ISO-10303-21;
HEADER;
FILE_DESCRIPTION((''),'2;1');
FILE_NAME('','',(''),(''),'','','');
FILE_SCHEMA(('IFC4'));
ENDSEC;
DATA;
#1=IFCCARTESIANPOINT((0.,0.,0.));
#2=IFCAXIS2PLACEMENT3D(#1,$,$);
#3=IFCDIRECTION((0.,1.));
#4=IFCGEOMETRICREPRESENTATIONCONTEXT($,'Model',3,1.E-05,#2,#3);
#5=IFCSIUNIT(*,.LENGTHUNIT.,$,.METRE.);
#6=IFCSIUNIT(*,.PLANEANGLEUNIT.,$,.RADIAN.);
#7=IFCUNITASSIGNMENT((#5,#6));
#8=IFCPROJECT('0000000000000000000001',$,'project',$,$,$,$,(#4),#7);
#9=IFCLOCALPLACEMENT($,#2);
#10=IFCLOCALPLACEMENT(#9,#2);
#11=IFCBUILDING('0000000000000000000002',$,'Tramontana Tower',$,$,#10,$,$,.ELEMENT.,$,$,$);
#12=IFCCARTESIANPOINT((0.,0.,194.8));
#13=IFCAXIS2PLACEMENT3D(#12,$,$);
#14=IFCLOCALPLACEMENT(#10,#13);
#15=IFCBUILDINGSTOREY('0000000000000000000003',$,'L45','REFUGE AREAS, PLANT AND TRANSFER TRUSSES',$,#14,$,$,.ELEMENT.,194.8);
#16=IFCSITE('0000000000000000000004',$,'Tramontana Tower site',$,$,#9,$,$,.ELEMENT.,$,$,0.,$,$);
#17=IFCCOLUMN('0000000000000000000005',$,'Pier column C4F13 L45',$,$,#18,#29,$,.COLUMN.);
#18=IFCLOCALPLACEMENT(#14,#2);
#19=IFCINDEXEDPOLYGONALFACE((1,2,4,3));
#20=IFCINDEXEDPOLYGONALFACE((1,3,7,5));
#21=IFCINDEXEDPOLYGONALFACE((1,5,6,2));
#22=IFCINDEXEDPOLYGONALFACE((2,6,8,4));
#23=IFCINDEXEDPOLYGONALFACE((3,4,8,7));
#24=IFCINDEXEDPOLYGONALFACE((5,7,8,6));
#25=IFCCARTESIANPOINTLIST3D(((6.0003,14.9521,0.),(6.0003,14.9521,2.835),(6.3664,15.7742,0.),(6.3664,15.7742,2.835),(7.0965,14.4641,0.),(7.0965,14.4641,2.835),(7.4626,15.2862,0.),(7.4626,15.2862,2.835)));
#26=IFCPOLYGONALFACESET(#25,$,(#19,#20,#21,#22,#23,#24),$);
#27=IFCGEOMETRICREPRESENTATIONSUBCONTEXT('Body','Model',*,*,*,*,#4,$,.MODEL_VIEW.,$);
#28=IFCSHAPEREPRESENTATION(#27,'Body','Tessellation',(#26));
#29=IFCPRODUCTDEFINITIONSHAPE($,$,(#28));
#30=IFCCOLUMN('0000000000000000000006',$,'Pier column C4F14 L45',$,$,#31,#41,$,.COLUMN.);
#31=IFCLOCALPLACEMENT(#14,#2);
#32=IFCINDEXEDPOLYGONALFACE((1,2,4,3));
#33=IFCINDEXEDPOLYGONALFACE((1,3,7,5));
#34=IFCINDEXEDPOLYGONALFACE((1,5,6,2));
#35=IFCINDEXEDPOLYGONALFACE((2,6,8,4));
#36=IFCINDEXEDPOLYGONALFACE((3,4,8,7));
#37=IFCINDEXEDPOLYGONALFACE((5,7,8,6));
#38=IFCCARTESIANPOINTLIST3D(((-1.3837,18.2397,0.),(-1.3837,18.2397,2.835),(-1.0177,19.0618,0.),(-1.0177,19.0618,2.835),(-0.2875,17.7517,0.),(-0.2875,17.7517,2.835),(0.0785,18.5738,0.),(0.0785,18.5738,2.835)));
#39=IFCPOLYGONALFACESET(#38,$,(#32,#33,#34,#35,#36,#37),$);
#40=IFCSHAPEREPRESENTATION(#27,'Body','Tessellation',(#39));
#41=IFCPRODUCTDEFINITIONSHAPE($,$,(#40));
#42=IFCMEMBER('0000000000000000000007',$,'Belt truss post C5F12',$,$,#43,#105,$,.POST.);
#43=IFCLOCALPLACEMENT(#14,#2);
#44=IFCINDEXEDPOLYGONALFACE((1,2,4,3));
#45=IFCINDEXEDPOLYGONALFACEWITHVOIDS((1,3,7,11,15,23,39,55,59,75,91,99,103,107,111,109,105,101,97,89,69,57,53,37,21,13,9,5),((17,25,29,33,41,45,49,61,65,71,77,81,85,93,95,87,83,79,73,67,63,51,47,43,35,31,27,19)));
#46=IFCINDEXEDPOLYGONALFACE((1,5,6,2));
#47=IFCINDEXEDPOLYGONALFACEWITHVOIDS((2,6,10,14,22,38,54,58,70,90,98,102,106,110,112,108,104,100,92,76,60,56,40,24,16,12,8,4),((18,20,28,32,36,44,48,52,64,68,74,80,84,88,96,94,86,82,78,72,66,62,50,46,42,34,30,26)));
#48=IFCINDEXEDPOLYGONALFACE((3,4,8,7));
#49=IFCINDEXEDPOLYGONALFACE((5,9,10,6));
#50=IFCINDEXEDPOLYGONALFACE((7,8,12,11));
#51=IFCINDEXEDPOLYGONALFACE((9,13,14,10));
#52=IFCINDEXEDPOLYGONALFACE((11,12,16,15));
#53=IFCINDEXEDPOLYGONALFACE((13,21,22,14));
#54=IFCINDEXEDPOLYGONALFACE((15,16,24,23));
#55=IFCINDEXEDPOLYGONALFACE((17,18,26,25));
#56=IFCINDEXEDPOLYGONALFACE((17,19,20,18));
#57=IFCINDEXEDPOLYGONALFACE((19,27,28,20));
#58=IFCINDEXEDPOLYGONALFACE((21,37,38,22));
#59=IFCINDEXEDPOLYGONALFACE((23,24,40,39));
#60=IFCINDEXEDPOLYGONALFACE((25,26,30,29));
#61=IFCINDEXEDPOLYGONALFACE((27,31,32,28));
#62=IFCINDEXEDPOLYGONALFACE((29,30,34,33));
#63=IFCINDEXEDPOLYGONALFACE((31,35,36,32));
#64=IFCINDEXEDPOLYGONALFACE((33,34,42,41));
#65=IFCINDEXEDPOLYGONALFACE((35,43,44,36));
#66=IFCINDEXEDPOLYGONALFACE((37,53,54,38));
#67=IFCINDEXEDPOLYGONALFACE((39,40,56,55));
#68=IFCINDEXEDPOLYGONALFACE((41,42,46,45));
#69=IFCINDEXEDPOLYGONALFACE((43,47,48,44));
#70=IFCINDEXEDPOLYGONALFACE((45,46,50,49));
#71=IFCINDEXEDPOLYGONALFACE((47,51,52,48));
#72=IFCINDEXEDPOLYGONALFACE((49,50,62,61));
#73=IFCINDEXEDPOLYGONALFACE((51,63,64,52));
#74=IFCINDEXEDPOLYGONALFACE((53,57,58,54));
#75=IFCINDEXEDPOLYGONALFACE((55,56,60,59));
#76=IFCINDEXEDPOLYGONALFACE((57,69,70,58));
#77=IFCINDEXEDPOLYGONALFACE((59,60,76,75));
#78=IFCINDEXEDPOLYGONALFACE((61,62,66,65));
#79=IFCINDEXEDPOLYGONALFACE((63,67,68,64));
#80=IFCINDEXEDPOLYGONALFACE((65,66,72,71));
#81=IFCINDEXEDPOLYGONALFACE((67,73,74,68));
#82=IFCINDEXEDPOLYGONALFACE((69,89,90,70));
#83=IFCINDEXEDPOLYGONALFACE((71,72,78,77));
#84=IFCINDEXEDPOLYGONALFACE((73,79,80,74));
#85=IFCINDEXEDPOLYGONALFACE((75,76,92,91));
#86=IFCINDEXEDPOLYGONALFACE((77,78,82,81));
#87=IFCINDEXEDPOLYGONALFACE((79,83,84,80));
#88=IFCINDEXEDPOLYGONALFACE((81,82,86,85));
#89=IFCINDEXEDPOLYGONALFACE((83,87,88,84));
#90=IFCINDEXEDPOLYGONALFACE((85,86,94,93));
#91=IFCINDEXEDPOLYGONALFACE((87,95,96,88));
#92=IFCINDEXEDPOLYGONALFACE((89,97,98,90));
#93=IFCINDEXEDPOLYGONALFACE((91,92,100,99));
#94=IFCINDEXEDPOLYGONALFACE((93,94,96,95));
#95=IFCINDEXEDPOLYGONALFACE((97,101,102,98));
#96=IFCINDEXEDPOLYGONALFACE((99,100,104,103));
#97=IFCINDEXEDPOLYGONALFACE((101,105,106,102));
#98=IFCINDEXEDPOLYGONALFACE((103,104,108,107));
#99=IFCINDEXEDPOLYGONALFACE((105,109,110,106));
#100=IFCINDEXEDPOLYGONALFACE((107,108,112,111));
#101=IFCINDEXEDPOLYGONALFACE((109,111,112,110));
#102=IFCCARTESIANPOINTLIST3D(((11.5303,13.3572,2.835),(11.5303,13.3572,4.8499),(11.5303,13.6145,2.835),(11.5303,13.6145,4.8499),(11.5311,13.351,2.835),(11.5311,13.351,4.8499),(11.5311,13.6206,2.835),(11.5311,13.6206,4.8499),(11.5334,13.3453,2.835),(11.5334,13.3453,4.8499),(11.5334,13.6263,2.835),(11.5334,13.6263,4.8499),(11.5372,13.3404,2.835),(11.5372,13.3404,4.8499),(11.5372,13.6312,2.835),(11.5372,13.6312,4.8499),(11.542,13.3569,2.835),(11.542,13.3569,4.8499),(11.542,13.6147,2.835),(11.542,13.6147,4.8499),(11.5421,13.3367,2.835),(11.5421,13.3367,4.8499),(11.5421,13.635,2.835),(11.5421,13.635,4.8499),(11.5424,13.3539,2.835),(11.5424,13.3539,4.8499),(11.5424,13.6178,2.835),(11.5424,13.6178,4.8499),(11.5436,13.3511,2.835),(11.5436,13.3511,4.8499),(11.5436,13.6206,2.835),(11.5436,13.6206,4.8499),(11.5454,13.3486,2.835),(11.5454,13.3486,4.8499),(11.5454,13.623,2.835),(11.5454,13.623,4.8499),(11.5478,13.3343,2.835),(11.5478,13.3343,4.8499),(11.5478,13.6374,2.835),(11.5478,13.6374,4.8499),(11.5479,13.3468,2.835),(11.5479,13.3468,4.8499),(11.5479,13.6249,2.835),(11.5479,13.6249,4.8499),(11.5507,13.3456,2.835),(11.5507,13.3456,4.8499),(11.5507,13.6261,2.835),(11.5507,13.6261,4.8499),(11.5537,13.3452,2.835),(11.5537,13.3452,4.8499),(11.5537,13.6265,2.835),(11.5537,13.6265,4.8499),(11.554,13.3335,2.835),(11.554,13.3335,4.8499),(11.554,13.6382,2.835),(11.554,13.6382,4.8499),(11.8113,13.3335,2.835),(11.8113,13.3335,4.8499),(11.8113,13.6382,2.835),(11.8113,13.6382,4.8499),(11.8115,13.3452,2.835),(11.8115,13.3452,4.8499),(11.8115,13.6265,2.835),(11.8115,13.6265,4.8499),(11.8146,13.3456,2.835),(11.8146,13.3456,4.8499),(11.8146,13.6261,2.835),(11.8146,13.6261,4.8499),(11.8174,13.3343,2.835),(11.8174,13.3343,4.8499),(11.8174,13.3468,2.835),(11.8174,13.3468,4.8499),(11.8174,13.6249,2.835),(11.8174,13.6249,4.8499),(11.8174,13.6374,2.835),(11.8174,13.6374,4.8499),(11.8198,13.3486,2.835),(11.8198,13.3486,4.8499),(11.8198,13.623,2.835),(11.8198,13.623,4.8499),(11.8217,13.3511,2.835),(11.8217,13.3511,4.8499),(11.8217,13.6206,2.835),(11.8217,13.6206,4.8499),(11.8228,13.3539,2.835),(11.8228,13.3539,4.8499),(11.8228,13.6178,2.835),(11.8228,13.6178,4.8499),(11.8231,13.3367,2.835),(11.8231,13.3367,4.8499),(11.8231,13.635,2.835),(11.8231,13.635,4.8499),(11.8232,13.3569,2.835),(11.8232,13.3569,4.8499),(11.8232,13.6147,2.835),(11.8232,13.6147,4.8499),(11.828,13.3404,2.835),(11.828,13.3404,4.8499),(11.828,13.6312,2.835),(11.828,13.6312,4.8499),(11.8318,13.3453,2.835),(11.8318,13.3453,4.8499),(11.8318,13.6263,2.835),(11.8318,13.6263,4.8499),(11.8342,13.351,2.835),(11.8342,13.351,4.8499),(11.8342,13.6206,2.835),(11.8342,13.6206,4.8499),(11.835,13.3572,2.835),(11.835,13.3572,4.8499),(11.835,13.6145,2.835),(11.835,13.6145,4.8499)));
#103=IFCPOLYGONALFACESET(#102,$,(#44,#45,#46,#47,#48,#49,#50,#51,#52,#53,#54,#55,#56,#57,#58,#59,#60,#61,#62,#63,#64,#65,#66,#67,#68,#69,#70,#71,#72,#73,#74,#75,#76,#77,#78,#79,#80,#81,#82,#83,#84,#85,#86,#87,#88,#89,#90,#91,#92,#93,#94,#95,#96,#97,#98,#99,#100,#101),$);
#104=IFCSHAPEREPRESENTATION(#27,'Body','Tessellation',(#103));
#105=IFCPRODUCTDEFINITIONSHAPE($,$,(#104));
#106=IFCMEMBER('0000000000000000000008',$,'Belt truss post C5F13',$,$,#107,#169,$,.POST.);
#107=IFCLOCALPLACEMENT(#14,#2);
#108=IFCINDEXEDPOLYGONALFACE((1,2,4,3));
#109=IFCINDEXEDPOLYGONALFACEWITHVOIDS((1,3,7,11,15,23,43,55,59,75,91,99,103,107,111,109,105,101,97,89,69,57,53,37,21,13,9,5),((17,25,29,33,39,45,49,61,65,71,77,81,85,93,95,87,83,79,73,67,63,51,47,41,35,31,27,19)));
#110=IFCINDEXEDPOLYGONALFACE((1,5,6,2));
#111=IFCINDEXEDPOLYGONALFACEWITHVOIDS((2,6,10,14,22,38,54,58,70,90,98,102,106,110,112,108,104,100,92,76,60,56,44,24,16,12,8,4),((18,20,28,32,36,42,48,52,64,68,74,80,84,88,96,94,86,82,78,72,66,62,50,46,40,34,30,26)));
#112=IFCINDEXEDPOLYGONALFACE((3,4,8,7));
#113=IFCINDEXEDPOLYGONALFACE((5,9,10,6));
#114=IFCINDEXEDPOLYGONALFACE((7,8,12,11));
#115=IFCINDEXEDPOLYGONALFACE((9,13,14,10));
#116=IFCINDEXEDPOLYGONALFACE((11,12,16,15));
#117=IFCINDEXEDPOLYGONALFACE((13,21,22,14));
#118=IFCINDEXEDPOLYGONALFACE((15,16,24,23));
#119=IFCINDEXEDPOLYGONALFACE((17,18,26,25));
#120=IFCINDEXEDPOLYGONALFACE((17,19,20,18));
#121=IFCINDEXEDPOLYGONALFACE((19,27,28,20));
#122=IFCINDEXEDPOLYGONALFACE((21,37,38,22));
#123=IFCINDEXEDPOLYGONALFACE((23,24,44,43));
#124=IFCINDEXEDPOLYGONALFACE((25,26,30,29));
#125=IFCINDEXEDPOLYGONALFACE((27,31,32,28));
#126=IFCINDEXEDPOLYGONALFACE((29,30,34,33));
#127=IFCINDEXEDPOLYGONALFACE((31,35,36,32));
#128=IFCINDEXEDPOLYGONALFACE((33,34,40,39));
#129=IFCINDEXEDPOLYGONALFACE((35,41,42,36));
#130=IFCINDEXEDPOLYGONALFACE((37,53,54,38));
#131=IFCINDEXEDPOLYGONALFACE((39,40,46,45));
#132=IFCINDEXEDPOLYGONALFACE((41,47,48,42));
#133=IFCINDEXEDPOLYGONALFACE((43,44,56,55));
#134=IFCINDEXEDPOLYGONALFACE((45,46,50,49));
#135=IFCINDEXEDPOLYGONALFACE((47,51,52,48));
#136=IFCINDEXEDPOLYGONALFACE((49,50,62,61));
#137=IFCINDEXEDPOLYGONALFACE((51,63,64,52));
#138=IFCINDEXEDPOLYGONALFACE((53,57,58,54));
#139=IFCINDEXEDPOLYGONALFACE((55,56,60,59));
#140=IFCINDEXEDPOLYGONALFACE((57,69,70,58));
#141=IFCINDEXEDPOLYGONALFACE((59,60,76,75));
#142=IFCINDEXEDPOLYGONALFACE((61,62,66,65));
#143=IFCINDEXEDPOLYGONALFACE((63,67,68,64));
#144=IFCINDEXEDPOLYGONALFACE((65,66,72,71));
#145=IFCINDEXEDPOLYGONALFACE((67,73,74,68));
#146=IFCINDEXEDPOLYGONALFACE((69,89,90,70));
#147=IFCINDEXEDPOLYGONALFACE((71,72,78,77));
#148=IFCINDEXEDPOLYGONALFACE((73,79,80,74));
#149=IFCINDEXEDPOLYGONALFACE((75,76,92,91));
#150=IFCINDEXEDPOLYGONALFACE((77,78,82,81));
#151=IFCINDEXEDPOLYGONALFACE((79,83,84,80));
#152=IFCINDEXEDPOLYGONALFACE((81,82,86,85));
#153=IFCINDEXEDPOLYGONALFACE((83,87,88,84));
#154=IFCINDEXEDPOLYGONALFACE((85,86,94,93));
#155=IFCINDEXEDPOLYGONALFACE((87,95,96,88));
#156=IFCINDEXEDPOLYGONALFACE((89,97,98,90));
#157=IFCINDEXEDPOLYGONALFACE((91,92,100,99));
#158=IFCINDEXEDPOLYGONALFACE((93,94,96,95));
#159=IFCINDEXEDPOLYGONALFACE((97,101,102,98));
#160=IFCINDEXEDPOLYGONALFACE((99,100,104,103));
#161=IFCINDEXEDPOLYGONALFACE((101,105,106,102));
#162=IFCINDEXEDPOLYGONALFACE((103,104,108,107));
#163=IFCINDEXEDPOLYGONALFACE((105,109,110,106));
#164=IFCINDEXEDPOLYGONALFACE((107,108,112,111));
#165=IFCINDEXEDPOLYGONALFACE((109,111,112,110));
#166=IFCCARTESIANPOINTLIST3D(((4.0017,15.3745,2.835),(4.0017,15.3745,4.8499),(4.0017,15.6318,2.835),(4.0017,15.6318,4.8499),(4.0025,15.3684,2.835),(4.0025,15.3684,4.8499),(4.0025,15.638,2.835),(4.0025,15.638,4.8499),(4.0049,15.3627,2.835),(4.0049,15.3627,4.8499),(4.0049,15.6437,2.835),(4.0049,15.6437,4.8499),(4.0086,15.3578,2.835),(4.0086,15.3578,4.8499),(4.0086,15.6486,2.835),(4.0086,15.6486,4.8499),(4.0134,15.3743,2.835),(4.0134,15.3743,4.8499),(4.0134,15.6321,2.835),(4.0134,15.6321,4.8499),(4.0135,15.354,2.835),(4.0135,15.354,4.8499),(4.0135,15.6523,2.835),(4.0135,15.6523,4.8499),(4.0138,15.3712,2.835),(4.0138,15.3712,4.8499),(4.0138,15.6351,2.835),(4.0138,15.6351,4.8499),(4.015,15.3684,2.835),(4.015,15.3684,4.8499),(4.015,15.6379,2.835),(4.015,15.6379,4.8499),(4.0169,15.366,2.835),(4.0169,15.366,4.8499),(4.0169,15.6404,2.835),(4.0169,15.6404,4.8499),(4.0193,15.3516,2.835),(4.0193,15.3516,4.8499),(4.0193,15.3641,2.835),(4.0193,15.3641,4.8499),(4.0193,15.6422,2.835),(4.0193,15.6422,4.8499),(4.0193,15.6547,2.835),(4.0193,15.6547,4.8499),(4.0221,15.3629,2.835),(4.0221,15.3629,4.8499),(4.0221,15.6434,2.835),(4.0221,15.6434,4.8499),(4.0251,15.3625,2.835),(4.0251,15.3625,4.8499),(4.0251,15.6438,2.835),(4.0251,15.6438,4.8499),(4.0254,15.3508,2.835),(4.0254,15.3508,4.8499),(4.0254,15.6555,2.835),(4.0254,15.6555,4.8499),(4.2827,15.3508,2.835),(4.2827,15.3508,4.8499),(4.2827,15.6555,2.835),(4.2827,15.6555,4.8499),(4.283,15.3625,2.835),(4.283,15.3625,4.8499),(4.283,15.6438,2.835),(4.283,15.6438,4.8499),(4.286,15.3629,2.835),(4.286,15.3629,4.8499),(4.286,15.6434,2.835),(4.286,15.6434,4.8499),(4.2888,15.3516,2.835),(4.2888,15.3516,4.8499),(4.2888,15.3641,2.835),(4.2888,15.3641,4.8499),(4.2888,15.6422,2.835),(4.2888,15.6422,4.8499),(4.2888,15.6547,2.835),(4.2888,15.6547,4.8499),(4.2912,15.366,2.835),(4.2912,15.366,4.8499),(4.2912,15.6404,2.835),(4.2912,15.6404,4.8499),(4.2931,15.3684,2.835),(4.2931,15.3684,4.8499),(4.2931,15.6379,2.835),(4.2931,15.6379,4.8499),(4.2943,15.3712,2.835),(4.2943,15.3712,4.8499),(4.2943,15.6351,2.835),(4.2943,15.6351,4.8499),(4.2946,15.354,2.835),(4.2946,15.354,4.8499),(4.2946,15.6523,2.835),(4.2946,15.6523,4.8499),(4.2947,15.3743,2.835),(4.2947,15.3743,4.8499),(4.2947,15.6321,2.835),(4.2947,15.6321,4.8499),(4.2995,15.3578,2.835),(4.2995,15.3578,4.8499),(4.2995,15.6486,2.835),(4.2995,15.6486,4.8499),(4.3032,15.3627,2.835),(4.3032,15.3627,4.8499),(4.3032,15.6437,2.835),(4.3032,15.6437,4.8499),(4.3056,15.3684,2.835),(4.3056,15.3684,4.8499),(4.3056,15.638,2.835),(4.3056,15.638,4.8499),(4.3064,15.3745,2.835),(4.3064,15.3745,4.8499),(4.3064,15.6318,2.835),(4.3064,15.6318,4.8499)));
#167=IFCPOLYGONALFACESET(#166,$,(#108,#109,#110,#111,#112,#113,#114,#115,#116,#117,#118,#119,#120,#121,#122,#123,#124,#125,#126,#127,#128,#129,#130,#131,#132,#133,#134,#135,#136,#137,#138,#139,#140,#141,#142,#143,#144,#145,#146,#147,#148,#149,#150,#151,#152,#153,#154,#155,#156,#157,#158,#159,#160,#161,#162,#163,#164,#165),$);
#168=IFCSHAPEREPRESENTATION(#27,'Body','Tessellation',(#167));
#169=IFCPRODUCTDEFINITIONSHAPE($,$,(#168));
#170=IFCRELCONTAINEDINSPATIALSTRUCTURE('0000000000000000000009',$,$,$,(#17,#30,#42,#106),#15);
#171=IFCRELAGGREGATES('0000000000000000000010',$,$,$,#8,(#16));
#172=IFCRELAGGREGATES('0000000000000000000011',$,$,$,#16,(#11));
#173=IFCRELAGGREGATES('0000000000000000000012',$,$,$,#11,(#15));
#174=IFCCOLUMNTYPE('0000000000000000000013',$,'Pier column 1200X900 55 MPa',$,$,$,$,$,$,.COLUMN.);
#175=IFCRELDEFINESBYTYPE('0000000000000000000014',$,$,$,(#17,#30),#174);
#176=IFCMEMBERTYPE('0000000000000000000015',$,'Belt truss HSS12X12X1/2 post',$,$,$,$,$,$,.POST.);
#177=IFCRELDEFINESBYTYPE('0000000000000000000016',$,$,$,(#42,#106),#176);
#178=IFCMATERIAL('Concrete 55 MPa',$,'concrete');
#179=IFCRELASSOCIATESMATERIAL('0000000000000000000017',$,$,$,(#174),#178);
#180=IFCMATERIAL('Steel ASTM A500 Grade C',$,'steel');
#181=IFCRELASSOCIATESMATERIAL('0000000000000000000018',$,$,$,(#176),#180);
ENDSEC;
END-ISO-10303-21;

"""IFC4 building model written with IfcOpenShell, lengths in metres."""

from ifc_helpers import new_model, si_unit, direction, frame, origin, origin_2d, place, context, subcontext, project, spatial, rectangle, hollow_rectangle, extrude, material, material_profile, profile_set, type_object, element, save


model = new_model("IFC4")

# Units and contexts
model_context = context("Model", 3, precision=1e-05, world=origin(), true_north=direction((0.0, 1.0)))
body_context = subcontext(model_context, "Body", "Model", "MODEL_VIEW")
ifc_project = project(units=[si_unit("LENGTHUNIT", "METRE"), si_unit("PLANEANGLEUNIT", "RADIAN")], contexts=[model_context])

# Site, building, storey
site_placement = place(None, origin())
site = spatial("IfcSite", under=ifc_project, at=site_placement, Name="Tramontana Tower site", CompositionType="ELEMENT", RefElevation=0.0)
building_placement = place(site_placement, origin())
building = spatial("IfcBuilding", under=site, at=building_placement, Name="Tramontana Tower", CompositionType="ELEMENT")
storey_placement = place(building_placement, frame((0.0, 0.0, 194.8)))
storey = spatial("IfcBuildingStorey", under=building, at=storey_placement, Name="L45", Description="REFUGE AREAS, PLANT AND TRANSFER TRUSSES", CompositionType="ELEMENT", Elevation=194.8)

# Columns
ifc_material_1 = material(Name="Concrete 55 MPa", Category="concrete")
ifc_material_profile_1 = material_profile(ifc_material_1, rectangle(XDim=1.2, YDim=0.8999, at=origin_2d()), Name="Pier column 1200X900 55 MPa")
ifc_profile_set_1 = profile_set([ifc_material_profile_1], Name="Concrete 55 MPa")
column_type = type_object("IfcColumnType", Name="Pier column 1200X900 55 MPa", PredefinedType="COLUMN", material=ifc_profile_set_1)
for number, where, z_axis, x_axis, name in (
    (1, (6.7314, 15.1191, 0.0), (0.0, 0.0, 1.0), (-0.913545, 0.406737, 0.0), "Pier column C4F13 L45"),
    (2, (-0.6526, 18.4067, 0.0), (0.0, 0.0, 1.0), (-0.913545, 0.406737, 0.0), "Pier column C4F14 L45"),
):
    element("IfcColumn", number, at=place(storey_placement, frame(where, z_axis=z_axis, x_axis=x_axis)), inside=storey, type_object=column_type, Name=name, PredefinedType="COLUMN", context=body_context, shape_type="SweptSolid", body=[
        extrude(rectangle(XDim=1.2, YDim=0.8999, at=origin_2d()), origin(), (0.0, 0.0, 1.0), 2.835),
    ])

# Members
ifc_material_2 = material(Name="Steel ASTM A500 Grade C", Category="steel")
ifc_material_profile_2 = material_profile(ifc_material_2, hollow_rectangle(XDim=0.3047, YDim=0.3047, WallThickness=0.0117, InnerFilletRadius=0.0117, OuterFilletRadius=0.0237, at=origin_2d()), Name="HSS12X12X1/2")
ifc_profile_set_2 = profile_set([ifc_material_profile_2], Name="Steel ASTM A500 Grade C")
member_type_1 = type_object("IfcMemberType", Name="Belt truss HSS12X12X1/2 post", PredefinedType="POST", material=ifc_profile_set_2)
for number, where, z_axis, x_axis, name in (
    (3, (11.6826, 13.4858, 2.835), (0.0, 0.0, 1.0), (1.0, 0.0, 0.0), "Belt truss post C5F12"),
    (4, (4.1541, 15.5032, 2.835), (0.0, 0.0, 1.0), (1.0, 0.0, 0.0), "Belt truss post C5F13"),
):
    element("IfcMember", number, at=place(storey_placement, frame(where, z_axis=z_axis, x_axis=x_axis)), inside=storey, type_object=member_type_1, Name=name, PredefinedType="POST", context=body_context, shape_type="SweptSolid", body=[
        extrude(hollow_rectangle(XDim=0.3047, YDim=0.3047, WallThickness=0.0117, InnerFilletRadius=0.0117, OuterFilletRadius=0.0237, at=origin_2d()), origin(), (0.0, 0.0, 1.0), 2.0149),
    ])

save(model, "model.ifc")
